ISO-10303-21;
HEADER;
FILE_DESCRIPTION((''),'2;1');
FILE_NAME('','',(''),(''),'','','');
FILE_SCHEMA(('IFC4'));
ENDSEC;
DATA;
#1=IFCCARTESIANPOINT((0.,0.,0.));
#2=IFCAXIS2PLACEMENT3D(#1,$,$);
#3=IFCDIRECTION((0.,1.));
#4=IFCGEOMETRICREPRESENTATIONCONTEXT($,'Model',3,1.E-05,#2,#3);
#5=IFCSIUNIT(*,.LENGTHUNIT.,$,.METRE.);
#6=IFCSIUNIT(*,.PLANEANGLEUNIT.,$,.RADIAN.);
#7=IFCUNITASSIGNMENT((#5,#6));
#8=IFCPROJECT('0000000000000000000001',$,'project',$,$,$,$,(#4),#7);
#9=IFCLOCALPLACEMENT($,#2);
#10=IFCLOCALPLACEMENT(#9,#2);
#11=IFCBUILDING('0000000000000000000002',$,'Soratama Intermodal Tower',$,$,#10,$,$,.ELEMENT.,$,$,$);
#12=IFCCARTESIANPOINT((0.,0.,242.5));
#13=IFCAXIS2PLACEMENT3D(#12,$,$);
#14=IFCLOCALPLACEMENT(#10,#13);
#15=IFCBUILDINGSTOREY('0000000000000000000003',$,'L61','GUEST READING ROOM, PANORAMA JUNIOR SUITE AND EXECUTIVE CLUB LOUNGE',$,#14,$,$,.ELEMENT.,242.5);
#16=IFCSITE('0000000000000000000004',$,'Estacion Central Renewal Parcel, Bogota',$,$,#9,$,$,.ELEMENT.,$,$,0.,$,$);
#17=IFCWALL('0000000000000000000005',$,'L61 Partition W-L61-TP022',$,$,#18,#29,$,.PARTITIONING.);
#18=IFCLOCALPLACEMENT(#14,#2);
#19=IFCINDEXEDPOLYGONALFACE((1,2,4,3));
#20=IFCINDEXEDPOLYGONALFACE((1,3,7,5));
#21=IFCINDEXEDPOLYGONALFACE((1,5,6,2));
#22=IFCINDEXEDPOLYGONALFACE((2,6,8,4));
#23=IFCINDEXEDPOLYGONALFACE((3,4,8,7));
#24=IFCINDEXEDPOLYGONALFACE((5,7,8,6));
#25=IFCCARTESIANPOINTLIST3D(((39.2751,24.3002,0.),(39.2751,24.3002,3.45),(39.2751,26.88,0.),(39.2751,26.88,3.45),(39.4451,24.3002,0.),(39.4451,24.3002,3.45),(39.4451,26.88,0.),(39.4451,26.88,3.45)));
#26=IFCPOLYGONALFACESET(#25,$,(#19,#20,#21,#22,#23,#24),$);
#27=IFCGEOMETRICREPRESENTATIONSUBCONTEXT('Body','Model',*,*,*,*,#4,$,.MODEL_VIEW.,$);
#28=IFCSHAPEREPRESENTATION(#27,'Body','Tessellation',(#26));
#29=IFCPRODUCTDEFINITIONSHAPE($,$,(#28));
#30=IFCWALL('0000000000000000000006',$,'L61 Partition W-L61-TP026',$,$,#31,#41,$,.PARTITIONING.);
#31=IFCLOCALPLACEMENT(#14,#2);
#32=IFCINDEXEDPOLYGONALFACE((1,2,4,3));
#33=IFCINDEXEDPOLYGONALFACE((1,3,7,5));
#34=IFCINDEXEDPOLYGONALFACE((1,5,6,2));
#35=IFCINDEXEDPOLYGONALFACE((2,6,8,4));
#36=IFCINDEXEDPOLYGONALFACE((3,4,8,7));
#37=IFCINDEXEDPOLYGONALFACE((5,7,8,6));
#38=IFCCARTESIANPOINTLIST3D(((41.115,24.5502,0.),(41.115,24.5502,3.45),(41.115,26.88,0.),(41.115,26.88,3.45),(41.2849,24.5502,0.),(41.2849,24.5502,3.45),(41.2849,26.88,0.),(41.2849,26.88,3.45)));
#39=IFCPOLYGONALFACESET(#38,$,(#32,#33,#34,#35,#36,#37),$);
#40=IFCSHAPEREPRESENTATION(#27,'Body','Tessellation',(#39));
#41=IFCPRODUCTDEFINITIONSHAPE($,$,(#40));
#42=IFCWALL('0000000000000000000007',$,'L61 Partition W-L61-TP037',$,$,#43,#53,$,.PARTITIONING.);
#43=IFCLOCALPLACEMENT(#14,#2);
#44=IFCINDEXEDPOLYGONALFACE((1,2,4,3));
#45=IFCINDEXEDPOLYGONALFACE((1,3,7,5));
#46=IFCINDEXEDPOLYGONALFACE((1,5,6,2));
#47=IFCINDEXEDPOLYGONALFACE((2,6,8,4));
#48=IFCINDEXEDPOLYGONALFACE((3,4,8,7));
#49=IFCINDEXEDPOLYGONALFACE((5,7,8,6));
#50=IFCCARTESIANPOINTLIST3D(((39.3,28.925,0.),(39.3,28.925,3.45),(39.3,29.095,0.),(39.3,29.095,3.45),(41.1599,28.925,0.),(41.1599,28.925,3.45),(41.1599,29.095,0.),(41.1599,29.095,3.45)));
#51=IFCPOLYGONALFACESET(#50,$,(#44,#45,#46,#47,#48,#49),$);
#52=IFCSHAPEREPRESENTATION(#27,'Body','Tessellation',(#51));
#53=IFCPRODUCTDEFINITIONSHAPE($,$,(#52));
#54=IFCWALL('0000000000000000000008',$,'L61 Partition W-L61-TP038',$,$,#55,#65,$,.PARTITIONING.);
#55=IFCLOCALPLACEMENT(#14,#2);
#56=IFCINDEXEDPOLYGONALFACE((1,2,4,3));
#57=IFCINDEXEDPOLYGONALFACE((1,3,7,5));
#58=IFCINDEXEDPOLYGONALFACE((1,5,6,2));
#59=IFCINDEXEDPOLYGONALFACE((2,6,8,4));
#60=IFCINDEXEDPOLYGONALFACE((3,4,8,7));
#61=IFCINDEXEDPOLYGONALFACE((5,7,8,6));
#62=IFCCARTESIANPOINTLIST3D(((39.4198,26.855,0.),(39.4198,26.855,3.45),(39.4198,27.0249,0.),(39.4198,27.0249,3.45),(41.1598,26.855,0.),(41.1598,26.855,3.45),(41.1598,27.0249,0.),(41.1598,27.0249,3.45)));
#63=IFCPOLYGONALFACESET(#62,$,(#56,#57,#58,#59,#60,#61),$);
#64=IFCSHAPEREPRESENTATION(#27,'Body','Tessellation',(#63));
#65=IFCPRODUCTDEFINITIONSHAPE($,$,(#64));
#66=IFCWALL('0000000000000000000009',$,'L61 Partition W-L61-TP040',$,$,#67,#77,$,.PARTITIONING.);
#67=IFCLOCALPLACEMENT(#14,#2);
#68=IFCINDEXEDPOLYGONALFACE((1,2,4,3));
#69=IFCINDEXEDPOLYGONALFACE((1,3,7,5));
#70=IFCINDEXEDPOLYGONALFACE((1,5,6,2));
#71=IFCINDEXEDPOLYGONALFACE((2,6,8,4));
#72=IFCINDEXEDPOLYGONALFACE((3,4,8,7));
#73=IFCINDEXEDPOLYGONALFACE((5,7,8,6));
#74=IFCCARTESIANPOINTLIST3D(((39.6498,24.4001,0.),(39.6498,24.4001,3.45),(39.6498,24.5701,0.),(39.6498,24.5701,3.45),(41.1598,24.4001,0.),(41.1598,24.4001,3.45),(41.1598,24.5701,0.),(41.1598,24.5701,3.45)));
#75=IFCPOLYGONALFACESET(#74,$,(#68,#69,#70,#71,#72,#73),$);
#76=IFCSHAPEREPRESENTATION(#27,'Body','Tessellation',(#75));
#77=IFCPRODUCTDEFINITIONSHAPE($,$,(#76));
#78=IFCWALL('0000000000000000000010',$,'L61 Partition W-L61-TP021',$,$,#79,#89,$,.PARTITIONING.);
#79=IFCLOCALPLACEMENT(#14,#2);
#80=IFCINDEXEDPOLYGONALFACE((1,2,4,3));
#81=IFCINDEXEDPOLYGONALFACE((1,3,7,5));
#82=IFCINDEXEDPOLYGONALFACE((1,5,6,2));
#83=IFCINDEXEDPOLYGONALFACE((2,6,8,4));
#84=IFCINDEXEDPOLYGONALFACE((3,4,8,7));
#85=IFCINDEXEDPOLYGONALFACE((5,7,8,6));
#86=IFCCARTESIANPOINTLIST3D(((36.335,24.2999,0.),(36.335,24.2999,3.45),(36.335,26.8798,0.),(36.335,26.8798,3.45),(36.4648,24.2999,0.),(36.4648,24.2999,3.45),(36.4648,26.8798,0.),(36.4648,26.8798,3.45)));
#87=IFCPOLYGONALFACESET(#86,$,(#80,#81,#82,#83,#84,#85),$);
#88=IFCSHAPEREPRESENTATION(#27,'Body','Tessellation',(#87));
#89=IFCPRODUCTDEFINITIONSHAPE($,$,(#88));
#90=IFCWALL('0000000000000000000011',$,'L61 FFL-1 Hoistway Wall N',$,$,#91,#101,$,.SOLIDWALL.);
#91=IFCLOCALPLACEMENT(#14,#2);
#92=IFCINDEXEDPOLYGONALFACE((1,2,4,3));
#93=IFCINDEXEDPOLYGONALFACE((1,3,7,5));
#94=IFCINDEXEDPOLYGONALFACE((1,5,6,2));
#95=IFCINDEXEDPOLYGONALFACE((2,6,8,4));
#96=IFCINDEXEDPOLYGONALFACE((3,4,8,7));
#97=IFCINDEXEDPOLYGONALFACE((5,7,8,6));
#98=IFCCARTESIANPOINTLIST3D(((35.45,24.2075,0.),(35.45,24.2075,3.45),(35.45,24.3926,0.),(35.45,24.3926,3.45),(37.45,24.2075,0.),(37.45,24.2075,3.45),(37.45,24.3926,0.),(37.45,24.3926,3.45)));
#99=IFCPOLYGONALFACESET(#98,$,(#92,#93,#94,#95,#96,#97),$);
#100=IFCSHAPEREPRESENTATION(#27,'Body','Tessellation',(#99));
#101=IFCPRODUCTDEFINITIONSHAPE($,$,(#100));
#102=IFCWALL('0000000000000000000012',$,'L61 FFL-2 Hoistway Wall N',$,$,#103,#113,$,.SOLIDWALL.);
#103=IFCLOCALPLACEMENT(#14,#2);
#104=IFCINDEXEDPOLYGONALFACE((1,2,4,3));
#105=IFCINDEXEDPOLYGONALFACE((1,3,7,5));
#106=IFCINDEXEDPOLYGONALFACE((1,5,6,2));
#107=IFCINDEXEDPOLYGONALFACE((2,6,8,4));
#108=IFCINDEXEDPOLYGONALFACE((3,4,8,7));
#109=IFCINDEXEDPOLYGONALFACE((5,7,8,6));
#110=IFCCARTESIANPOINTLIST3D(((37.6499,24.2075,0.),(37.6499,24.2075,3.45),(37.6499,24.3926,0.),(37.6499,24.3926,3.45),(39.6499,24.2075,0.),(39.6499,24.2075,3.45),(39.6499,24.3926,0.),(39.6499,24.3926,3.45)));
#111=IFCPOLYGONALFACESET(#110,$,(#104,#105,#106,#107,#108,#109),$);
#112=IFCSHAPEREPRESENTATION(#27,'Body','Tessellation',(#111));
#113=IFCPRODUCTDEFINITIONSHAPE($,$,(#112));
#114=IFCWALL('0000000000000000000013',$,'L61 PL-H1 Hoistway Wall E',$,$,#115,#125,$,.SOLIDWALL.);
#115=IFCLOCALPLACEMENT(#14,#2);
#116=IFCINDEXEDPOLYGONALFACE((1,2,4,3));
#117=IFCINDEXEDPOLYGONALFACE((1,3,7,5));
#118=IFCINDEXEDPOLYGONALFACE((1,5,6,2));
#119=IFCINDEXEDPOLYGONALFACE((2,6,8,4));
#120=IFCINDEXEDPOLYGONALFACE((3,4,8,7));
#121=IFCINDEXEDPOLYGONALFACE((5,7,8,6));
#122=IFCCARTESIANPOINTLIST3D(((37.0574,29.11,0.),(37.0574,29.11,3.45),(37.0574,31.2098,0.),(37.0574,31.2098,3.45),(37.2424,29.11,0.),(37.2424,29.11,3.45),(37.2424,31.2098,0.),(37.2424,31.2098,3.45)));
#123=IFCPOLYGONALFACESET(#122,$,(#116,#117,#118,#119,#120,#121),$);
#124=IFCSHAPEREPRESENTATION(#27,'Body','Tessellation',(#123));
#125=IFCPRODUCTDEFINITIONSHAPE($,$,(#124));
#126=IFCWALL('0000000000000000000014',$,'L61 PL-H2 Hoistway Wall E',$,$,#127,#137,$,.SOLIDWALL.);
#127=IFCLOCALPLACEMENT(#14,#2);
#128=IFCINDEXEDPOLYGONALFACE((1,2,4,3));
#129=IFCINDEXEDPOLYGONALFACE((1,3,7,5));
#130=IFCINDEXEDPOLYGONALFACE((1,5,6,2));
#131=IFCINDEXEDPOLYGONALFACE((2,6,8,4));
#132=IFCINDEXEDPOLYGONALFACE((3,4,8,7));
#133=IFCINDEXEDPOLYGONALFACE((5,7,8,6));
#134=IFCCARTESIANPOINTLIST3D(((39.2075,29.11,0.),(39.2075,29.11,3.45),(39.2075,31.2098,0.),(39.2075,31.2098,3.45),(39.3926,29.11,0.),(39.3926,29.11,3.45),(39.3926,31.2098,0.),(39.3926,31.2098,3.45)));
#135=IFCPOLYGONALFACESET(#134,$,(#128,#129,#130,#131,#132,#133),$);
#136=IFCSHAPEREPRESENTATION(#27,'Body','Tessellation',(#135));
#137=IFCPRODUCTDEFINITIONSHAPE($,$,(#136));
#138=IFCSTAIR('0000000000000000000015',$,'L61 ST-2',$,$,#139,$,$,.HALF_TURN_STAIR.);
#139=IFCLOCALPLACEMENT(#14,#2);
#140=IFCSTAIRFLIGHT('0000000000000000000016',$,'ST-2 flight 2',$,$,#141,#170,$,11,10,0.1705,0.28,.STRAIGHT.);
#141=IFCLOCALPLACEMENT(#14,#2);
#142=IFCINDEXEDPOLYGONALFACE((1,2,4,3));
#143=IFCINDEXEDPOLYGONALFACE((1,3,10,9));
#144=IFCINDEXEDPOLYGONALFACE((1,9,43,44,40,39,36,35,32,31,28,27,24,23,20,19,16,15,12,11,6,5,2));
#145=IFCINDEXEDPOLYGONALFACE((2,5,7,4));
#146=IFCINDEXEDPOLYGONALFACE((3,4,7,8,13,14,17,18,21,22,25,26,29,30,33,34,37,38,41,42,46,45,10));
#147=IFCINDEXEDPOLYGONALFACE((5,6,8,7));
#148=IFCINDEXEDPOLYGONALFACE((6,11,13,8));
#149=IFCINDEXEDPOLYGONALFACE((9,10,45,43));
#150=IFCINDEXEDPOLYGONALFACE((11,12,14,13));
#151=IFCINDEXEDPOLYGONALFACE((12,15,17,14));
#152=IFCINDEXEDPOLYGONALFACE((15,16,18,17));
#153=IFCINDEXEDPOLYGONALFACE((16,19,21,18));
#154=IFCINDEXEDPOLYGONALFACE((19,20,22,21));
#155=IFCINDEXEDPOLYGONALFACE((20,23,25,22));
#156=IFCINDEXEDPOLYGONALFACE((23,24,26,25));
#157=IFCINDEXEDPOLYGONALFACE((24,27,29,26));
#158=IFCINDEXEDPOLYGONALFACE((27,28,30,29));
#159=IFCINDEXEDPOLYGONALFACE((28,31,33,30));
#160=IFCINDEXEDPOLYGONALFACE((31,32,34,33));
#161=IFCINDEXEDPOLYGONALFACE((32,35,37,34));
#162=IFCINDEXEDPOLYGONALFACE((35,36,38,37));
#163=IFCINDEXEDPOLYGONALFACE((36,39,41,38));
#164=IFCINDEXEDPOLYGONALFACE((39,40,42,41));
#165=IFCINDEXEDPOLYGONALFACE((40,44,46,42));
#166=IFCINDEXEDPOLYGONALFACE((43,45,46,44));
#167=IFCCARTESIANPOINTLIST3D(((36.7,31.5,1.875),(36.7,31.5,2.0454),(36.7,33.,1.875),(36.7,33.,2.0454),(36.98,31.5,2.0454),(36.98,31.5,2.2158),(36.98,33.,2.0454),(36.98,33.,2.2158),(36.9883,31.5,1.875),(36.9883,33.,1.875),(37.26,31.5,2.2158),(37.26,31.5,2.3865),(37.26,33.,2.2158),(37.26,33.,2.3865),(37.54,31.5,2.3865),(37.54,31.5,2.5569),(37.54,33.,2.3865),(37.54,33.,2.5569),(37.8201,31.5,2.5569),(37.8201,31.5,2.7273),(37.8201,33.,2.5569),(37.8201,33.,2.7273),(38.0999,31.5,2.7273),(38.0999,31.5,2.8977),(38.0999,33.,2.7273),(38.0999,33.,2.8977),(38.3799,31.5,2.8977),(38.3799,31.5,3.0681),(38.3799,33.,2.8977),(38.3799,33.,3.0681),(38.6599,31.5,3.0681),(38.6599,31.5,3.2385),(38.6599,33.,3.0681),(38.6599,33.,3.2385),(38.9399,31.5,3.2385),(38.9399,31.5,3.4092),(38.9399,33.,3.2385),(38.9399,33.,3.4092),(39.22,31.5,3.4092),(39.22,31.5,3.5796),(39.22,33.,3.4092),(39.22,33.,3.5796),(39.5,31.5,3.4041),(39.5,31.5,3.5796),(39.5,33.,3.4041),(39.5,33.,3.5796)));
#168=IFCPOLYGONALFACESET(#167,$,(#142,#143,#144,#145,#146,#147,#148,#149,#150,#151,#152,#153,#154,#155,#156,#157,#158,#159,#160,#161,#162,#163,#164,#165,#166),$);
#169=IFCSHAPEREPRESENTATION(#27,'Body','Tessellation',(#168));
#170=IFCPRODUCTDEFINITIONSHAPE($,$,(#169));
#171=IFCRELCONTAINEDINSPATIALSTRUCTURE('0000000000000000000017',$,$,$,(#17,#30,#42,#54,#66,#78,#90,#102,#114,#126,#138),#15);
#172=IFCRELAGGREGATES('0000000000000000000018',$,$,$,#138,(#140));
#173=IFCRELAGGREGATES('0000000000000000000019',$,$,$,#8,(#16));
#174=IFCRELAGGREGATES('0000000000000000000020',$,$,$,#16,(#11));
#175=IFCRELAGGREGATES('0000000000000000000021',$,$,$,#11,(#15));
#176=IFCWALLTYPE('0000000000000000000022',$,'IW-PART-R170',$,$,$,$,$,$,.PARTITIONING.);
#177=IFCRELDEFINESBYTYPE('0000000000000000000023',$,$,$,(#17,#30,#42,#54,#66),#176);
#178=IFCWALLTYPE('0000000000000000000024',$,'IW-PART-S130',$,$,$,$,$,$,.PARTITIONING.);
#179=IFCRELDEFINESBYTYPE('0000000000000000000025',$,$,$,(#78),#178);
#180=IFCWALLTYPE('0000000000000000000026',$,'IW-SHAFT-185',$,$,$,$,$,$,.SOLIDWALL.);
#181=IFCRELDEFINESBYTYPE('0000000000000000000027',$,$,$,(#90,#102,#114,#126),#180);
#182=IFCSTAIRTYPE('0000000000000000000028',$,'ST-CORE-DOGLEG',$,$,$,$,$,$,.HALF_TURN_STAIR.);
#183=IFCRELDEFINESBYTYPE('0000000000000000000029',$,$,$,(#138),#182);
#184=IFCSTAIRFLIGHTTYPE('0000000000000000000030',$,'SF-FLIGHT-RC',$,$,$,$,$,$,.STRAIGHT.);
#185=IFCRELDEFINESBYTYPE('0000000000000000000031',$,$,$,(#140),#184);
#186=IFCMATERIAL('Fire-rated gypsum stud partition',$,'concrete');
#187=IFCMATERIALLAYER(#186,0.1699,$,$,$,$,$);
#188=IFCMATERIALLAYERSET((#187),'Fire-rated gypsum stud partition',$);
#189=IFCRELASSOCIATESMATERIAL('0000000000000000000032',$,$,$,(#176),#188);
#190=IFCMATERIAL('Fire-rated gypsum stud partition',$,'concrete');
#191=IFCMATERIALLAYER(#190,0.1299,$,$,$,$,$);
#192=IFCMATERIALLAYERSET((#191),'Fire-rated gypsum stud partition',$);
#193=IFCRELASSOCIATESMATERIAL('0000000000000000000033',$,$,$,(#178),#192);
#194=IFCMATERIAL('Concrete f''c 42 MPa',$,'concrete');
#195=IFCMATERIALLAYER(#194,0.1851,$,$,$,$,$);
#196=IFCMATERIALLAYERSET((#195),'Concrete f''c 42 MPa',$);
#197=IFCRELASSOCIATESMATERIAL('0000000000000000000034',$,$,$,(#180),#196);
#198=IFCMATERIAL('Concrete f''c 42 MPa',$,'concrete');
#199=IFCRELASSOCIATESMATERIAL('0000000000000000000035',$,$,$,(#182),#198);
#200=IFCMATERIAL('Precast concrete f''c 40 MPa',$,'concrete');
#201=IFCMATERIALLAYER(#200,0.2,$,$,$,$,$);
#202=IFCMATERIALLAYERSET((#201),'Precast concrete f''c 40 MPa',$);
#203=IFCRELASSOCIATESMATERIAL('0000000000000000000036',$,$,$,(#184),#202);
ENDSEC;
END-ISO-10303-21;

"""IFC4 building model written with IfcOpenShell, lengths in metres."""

from ifc_helpers import new_model, si_unit, direction, frame, frame_2d, origin, place, context, subcontext, project, spatial, polyline, rectangle, outline, extrude, material, layer, layer_set, type_object, element, aggregate, save


model = new_model("IFC4")

# Units and contexts
model_context = context("Model", 3, precision=1e-05, world=origin(), true_north=direction((0.0, 1.0)))
body_context = subcontext(model_context, "Body", "Model", "MODEL_VIEW")
ifc_project = project(units=[si_unit("LENGTHUNIT", "METRE"), si_unit("PLANEANGLEUNIT", "RADIAN")], contexts=[model_context])

# Site, building, storey
site_placement = place(None, origin())
site = spatial("IfcSite", under=ifc_project, at=site_placement, Name="Estacion Central Renewal Parcel, Bogota", CompositionType="ELEMENT", RefElevation=0.0)
building_placement = place(site_placement, origin())
building = spatial("IfcBuilding", under=site, at=building_placement, Name="Soratama Intermodal Tower", CompositionType="ELEMENT")
storey_placement = place(building_placement, frame((0.0, 0.0, 242.5)))
storey = spatial("IfcBuildingStorey", under=building, at=storey_placement, Name="L61", Description="GUEST READING ROOM, PANORAMA JUNIOR SUITE AND EXECUTIVE CLUB LOUNGE", CompositionType="ELEMENT", Elevation=242.5)

# Shared definitions
ifc_material_1 = material(Name="Fire-rated gypsum stud partition", Category="concrete")
ifc_layer_1 = layer(ifc_material_1, 0.1699)
ifc_layer_set_1 = layer_set([ifc_layer_1], Name="Fire-rated gypsum stud partition")
wall_type_1 = type_object("IfcWallType", Name="IW-PART-R170", PredefinedType="PARTITIONING", material=ifc_layer_set_1)

# Walls
wall_1_placement = place(storey_placement, frame((39.3601, 24.3, 0.0), z_axis=(0.0, 0.0, 1.0), x_axis=(0.0, 1.0, 0.0)))
element("IfcWall", 1, at=wall_1_placement, inside=storey, type_object=wall_type_1, Name="L61 Partition W-L61-TP022", PredefinedType="PARTITIONING", context=body_context, shape_type="SweptSolid", body=[
    extrude(rectangle(XDim=2.5798, YDim=0.1699, at=frame_2d((1.29, 0.0))), origin(), (0.0, 0.0, 1.0), 3.45),
])
wall_2_placement = place(storey_placement, frame((41.2, 24.55, 0.0), z_axis=(0.0, 0.0, 1.0), x_axis=(0.0, 1.0, 0.0)))
element("IfcWall", 2, at=wall_2_placement, inside=storey, type_object=wall_type_1, Name="L61 Partition W-L61-TP026", PredefinedType="PARTITIONING", context=body_context, shape_type="SweptSolid", body=[
    extrude(rectangle(XDim=2.3298, YDim=0.1699, at=frame_2d((1.165, 0.0))), origin(), (0.0, 0.0, 1.0), 3.45),
])

# Walls
wall_3_placement = place(storey_placement, frame((39.3, 29.01, 0.0), z_axis=(0.0, 0.0, 1.0), x_axis=(1.0, 0.0, 0.0)))
element("IfcWall", 3, at=wall_3_placement, inside=storey, type_object=wall_type_1, Name="L61 Partition W-L61-TP037", PredefinedType="PARTITIONING", context=body_context, shape_type="SweptSolid", body=[
    extrude(rectangle(XDim=1.8599, YDim=0.1699, at=frame_2d((0.9299, 0.0))), origin(), (0.0, 0.0, 1.0), 3.45),
])
wall_4_placement = place(storey_placement, frame((41.1599, 26.9399, 0.0), z_axis=(0.0, 0.0, 1.0), x_axis=(-1.0, 0.0, 0.0)))
element("IfcWall", 4, at=wall_4_placement, inside=storey, type_object=wall_type_1, Name="L61 Partition W-L61-TP038", PredefinedType="PARTITIONING", context=body_context, shape_type="SweptSolid", body=[
    extrude(rectangle(XDim=1.74, YDim=0.1699, at=frame_2d((0.8701, 0.0))), origin(), (0.0, 0.0, 1.0), 3.45),
])
wall_5_placement = place(storey_placement, frame((39.6499, 24.4851, 0.0), z_axis=(0.0, 0.0, 1.0), x_axis=(1.0, 0.0, 0.0)))
element("IfcWall", 5, at=wall_5_placement, inside=storey, type_object=wall_type_1, Name="L61 Partition W-L61-TP040", PredefinedType="PARTITIONING", context=body_context, shape_type="SweptSolid", body=[
    extrude(rectangle(XDim=1.51, YDim=0.1699, at=frame_2d((0.7549, 0.0))), origin(), (0.0, 0.0, 1.0), 3.45),
])
ifc_material_2 = material(Name="Fire-rated gypsum stud partition", Category="concrete")
ifc_layer_2 = layer(ifc_material_2, 0.1299)
ifc_layer_set_2 = layer_set([ifc_layer_2], Name="Fire-rated gypsum stud partition")
wall_type_2 = type_object("IfcWallType", Name="IW-PART-S130", PredefinedType="PARTITIONING", material=ifc_layer_set_2)
wall_6_placement = place(storey_placement, frame((36.3999, 26.8799, 0.0), z_axis=(0.0, 0.0, 1.0), x_axis=(0.0, -1.0, 0.0)))
element("IfcWall", 6, at=wall_6_placement, inside=storey, type_object=wall_type_2, Name="L61 Partition W-L61-TP021", PredefinedType="PARTITIONING", context=body_context, shape_type="SweptSolid", body=[
    extrude(rectangle(XDim=2.5798, YDim=0.1299, at=frame_2d((1.29, 0.0))), origin(), (0.0, 0.0, 1.0), 3.45),
])
ifc_material_3 = material(Name="Concrete f'c 42 MPa", Category="concrete")
ifc_layer_3 = layer(ifc_material_3, 0.1851)
ifc_layer_set_3 = layer_set([ifc_layer_3], Name="Concrete f'c 42 MPa")
wall_type_3 = type_object("IfcWallType", Name="IW-SHAFT-185", PredefinedType="SOLIDWALL", material=ifc_layer_set_3)
for number, where, z_axis, x_axis, name in (
    (7, (35.45, 24.3, 0.0), (0.0, 0.0, 1.0), (1.0, 0.0, 0.0), "L61 FFL-1 Hoistway Wall N"),
    (8, (37.6499, 24.3, 0.0), (0.0, 0.0, 1.0), (1.0, 0.0, 0.0), "L61 FFL-2 Hoistway Wall N"),
):
    element("IfcWall", number, at=place(storey_placement, frame(where, z_axis=z_axis, x_axis=x_axis)), inside=storey, type_object=wall_type_3, Name=name, PredefinedType="SOLIDWALL", context=body_context, shape_type="SweptSolid", body=[
        extrude(rectangle(XDim=2.0, YDim=0.1851, at=frame_2d((1.0, 0.0))), origin(), (0.0, 0.0, 1.0), 3.45),
    ])
wall_7_placement = place(storey_placement, frame((37.1499, 29.1101, 0.0), z_axis=(0.0, 0.0, 1.0), x_axis=(0.0, 1.0, 0.0)))
element("IfcWall", 9, at=wall_7_placement, inside=storey, type_object=wall_type_3, Name="L61 PL-H1 Hoistway Wall E", PredefinedType="SOLIDWALL", context=body_context, shape_type="SweptSolid", body=[
    extrude(rectangle(XDim=2.0999, YDim=0.1851, at=frame_2d((1.0498, 0.0))), origin(), (0.0, 0.0, 1.0), 3.45),
])

# Wall
wall_8_placement = place(storey_placement, frame((39.3, 29.1101, 0.0), z_axis=(0.0, 0.0, 1.0), x_axis=(0.0, 1.0, 0.0)))
element("IfcWall", 10, at=wall_8_placement, inside=storey, type_object=wall_type_3, Name="L61 PL-H2 Hoistway Wall E", PredefinedType="SOLIDWALL", context=body_context, shape_type="SweptSolid", body=[
    extrude(rectangle(XDim=2.0999, YDim=0.1851, at=frame_2d((1.0498, 0.0))), origin(), (0.0, 0.0, 1.0), 3.45),
])

# Stair, stair flight
ifc_material_4 = material(Name="Concrete f'c 42 MPa", Category="concrete")
stair_type = type_object("IfcStairType", Name="ST-CORE-DOGLEG", PredefinedType="HALF_TURN_STAIR", material=ifc_material_4)
stair_placement = place(storey_placement, origin())
stair = element("IfcStair", 11, at=stair_placement, inside=storey, type_object=stair_type, Name="L61 ST-2", PredefinedType="HALF_TURN_STAIR")
ifc_material_5 = material(Name="Precast concrete f'c 40 MPa", Category="concrete")
ifc_layer_4 = layer(ifc_material_5, 0.2)
ifc_layer_set_4 = layer_set([ifc_layer_4], Name="Precast concrete f'c 40 MPa")
stair_flight_type = type_object("IfcStairFlightType", Name="SF-FLIGHT-RC", PredefinedType="STRAIGHT", material=ifc_layer_set_4)
stair_flight_placement = place(storey_placement, frame((36.7, 32.25, 1.875), z_axis=(0.0, 0.0, 1.0), x_axis=(1.0, 0.0, 0.0)))
stair_flight = element("IfcStairFlight", 12, at=stair_flight_placement, type_object=stair_flight_type, Name="ST-2 flight 2", NumberOfRisers=11, NumberOfTreads=10, PredefinedType="STRAIGHT", RiserHeight=0.1705, TreadLength=0.28, context=body_context, shape_type="SweptSolid", body=[
    extrude(outline(polyline([(0.0, 0.0), (0.0, 0.1704), (0.28, 0.1704), (0.28, 0.3408), (0.5601, 0.3408), (0.5601, 0.5115), (0.8401, 0.5115), (0.8401, 0.6819), (1.1201, 0.6819), (1.1201, 0.8523), (1.3999, 0.8523), (1.3999, 1.0227), (1.6799, 1.0227), (1.6799, 1.1931), (1.96, 1.1931), (1.96, 1.3635), (2.24, 1.3635), (2.24, 1.5342), (2.52, 1.5342), (2.52, 1.7046), (2.8, 1.7046), (2.8, 1.875), (2.8, 1.5291), (0.2883, 0.0), (0.0, 0.0)])), frame((0.0, 0.75, 0.0), z_axis=(0.0, -1.0, 0.0), x_axis=(1.0, 0.0, 0.0)), (0.0, 0.0, 1.0), 1.5),
])
aggregate(stair, [stair_flight])

save(model, "model.ifc")
